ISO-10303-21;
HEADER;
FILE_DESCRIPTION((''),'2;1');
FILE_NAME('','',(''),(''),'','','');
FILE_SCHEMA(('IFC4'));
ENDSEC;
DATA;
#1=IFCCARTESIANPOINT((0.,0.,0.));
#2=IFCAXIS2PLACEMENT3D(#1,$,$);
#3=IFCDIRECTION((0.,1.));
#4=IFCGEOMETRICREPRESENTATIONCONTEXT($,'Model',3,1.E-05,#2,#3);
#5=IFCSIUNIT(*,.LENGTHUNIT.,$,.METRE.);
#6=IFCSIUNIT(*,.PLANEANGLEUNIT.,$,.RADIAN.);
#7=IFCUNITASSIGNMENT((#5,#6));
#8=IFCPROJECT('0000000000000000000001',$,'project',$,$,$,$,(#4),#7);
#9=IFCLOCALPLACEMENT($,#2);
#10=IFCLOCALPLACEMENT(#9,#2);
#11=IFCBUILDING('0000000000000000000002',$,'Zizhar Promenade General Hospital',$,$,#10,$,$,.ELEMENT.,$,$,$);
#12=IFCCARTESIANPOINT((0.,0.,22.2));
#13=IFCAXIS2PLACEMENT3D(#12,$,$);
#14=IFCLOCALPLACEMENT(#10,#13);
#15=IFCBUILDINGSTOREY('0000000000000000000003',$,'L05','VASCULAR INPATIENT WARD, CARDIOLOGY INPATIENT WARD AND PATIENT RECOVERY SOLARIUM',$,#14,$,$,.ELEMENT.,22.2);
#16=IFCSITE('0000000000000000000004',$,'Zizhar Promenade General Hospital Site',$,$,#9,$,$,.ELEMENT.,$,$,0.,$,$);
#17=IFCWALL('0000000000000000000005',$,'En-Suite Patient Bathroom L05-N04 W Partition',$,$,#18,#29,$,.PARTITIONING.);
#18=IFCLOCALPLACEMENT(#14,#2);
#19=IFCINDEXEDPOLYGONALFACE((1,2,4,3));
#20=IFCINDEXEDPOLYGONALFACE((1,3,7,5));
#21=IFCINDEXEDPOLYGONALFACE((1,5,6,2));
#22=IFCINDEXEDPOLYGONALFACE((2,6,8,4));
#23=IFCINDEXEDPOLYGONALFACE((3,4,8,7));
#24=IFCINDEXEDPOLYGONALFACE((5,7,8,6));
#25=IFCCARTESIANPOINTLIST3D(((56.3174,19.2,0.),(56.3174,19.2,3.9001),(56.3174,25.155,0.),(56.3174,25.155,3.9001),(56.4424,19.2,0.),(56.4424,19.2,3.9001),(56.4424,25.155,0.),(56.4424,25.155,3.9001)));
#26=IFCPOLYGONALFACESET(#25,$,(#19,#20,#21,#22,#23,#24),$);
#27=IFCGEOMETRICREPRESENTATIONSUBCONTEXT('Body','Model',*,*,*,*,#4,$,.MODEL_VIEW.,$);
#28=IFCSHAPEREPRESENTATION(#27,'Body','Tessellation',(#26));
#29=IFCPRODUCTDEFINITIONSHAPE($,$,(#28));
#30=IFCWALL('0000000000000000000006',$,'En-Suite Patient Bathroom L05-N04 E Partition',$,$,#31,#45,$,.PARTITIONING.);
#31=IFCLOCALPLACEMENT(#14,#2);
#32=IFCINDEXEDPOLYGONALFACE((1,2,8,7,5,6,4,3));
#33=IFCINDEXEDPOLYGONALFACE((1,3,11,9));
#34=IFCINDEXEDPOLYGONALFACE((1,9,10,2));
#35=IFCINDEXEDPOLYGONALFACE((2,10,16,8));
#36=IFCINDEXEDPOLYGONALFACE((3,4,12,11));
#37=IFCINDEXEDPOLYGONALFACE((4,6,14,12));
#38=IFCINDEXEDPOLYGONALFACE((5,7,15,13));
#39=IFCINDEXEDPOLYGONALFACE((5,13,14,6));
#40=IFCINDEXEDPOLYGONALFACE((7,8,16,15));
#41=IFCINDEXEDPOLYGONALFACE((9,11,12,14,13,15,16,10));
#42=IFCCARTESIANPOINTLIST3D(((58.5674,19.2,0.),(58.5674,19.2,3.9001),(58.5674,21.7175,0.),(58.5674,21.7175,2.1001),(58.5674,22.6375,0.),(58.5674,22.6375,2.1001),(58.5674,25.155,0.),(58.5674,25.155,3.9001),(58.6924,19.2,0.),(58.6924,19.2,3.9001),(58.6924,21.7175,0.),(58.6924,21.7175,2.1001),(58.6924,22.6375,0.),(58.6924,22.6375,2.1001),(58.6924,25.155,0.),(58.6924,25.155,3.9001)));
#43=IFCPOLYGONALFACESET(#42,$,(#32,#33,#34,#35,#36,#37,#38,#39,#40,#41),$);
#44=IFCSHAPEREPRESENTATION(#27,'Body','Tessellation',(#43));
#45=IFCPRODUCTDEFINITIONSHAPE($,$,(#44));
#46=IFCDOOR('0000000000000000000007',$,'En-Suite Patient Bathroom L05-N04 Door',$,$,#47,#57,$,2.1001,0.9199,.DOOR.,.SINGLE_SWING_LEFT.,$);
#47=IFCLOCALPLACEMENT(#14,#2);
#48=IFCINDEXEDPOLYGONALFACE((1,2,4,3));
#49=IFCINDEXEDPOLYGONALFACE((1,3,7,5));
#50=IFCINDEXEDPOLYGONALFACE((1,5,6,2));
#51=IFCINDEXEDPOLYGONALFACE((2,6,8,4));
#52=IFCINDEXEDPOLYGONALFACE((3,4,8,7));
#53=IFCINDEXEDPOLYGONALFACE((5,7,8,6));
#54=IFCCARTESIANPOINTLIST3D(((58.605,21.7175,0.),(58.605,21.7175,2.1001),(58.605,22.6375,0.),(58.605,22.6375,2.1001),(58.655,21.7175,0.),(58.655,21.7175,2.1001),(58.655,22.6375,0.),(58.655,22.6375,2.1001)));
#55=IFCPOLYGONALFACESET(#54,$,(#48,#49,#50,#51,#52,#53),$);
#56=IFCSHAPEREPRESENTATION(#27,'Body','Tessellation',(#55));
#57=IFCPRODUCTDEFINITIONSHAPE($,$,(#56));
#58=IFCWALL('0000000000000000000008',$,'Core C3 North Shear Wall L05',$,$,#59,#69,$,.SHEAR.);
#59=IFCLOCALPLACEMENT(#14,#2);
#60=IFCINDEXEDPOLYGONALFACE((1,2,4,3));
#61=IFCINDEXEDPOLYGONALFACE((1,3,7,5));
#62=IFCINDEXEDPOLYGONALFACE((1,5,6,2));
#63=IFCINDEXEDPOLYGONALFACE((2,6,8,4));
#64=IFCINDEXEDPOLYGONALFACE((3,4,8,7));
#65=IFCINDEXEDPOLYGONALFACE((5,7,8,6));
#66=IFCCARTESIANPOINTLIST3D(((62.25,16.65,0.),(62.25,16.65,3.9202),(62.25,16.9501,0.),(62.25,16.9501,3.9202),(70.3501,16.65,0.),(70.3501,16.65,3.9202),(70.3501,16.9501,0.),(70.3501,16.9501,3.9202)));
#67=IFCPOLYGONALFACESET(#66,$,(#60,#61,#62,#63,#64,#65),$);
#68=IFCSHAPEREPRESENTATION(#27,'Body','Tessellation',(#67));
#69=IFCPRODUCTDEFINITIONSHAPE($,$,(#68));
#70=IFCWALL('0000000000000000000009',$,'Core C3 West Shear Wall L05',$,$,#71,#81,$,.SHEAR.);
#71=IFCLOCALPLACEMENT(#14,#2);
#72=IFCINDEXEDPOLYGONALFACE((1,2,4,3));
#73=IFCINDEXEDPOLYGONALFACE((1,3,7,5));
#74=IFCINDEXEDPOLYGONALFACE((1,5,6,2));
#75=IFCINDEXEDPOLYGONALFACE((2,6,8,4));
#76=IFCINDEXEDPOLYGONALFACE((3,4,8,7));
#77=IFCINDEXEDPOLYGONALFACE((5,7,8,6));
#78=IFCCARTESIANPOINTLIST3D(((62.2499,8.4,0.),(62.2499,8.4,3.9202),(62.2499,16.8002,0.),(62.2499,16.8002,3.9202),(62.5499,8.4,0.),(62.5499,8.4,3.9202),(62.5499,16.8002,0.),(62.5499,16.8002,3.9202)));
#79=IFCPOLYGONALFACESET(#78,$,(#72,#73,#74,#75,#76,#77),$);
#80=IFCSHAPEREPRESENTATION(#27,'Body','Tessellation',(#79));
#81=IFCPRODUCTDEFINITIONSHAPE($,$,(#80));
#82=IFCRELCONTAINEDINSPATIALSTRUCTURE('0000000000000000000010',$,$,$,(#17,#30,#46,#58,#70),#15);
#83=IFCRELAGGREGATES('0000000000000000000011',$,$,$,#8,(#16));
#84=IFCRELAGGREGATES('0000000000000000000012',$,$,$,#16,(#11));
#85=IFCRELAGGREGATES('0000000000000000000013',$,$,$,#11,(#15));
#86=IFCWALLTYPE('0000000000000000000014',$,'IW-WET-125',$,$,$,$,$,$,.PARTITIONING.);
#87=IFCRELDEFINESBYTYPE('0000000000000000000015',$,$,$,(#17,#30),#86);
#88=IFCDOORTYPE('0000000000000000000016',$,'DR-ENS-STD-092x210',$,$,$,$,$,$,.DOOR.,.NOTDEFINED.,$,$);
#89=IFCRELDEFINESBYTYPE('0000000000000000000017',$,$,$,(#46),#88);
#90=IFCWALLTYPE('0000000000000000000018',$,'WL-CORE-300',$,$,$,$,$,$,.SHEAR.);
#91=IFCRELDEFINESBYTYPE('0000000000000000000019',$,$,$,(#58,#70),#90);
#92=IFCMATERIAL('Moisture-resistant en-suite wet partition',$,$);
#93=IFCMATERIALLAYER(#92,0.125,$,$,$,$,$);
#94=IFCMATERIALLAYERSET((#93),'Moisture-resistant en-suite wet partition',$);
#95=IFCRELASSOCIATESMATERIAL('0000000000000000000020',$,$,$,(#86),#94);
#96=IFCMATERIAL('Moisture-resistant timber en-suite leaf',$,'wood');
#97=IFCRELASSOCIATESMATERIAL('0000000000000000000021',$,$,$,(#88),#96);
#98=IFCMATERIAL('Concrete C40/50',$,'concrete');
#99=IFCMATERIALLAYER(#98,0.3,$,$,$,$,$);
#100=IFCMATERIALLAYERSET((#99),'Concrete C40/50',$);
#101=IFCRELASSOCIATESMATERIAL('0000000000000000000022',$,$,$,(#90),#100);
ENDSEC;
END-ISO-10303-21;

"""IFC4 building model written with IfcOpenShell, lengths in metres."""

from ifc_helpers import new_model, si_unit, direction, frame, frame_2d, origin, place, context, subcontext, project, spatial, rectangle, extrude, material, layer, layer_set, type_object, element, fill, save


model = new_model("IFC4")

# Units and contexts
model_context = context("Model", 3, precision=1e-05, world=origin(), true_north=direction((0.0, 1.0)))
body_context = subcontext(model_context, "Body", "Model", "MODEL_VIEW")
ifc_project = project(units=[si_unit("LENGTHUNIT", "METRE"), si_unit("PLANEANGLEUNIT", "RADIAN")], contexts=[model_context])

# Site, building, storey
site_placement = place(None, origin())
site = spatial("IfcSite", under=ifc_project, at=site_placement, Name="Zizhar Promenade General Hospital Site", CompositionType="ELEMENT", RefElevation=0.0)
building_placement = place(site_placement, origin())
building = spatial("IfcBuilding", under=site, at=building_placement, Name="Zizhar Promenade General Hospital", CompositionType="ELEMENT")
storey_placement = place(building_placement, frame((0.0, 0.0, 22.2)))
storey = spatial("IfcBuildingStorey", under=building, at=storey_placement, Name="L05", Description="VASCULAR INPATIENT WARD, CARDIOLOGY INPATIENT WARD AND PATIENT RECOVERY SOLARIUM", CompositionType="ELEMENT", Elevation=22.2)

# Wall
ifc_material_1 = material(Name="Moisture-resistant en-suite wet partition")
ifc_layer_1 = layer(ifc_material_1, 0.125)
ifc_layer_set_1 = layer_set([ifc_layer_1], Name="Moisture-resistant en-suite wet partition")
wall_type_1 = type_object("IfcWallType", Name="IW-WET-125", PredefinedType="PARTITIONING", material=ifc_layer_set_1)
wall_1_placement = place(storey_placement, frame((56.3799, 19.2, 0.0), z_axis=(0.0, 0.0, 1.0), x_axis=(0.0, 1.0, 0.0)))
element("IfcWall", 1, at=wall_1_placement, inside=storey, type_object=wall_type_1, Name="En-Suite Patient Bathroom L05-N04 W Partition", PredefinedType="PARTITIONING", context=body_context, shape_type="SweptSolid", body=[
    extrude(rectangle(XDim=5.9551, YDim=0.125, at=frame_2d((2.9775, 0.0))), origin(), (0.0, 0.0, 1.0), 3.9001),
])

# Wall, opening, door
wall_2_placement = place(storey_placement, frame((58.6299, 19.2, 0.0), z_axis=(0.0, 0.0, 1.0), x_axis=(0.0, 1.0, 0.0)))
wall_2 = element("IfcWall", 2, at=wall_2_placement, inside=storey, type_object=wall_type_1, Name="En-Suite Patient Bathroom L05-N04 E Partition", PredefinedType="PARTITIONING", context=body_context, shape_type="SweptSolid", body=[
    extrude(rectangle(XDim=5.9551, YDim=0.125, at=frame_2d((2.9775, 0.0))), origin(), (0.0, 0.0, 1.0), 3.9001),
])
opening_1_placement = place(wall_2_placement, frame((2.5176, 0.0, 0.0)))
opening_1 = element("IfcOpeningElement", 3, at=opening_1_placement, cuts=wall_2, PredefinedType="OPENING", context=body_context, shape_type="SweptSolid", body=[
    extrude(rectangle(XDim=0.9199, YDim=2.1001, at=frame_2d((0.46, 1.05))), frame((0.0, 0.0725, 0.0), z_axis=(0.0, -1.0, 0.0), x_axis=(1.0, 0.0, 0.0)), (0.0, 0.0, 1.0), 0.145),
])
ifc_material_2 = material(Name="Moisture-resistant timber en-suite leaf", Category="wood")
door_type_1 = type_object("IfcDoorType", Name="DR-ENS-STD-092x210", OperationType="NOTDEFINED", PredefinedType="DOOR", material=ifc_material_2)
door_1_placement = place(opening_1_placement, origin())
door_1 = element("IfcDoor", 4, at=door_1_placement, inside=storey, type_object=door_type_1, Name="En-Suite Patient Bathroom L05-N04 Door", OperationType="SINGLE_SWING_LEFT", OverallHeight=2.1001, OverallWidth=0.9199, PredefinedType="DOOR", context=body_context, shape_type="SweptSolid", body=[
    extrude(rectangle(XDim=0.9199, YDim=2.1001, at=frame_2d((0.46, 1.05))), frame((0.0, 0.0249, 0.0), z_axis=(0.0, -1.0, 0.0), x_axis=(1.0, 0.0, 0.0)), (0.0, 0.0, 1.0), 0.05),
])
fill(opening_1, door_1)

# Walls
ifc_material_3 = material(Name="Concrete C40/50", Category="concrete")
ifc_layer_2 = layer(ifc_material_3, 0.3)
ifc_layer_set_2 = layer_set([ifc_layer_2], Name="Concrete C40/50")
wall_type_2 = type_object("IfcWallType", Name="WL-CORE-300", PredefinedType="SHEAR", material=ifc_layer_set_2)
wall_3_placement = place(storey_placement, frame((62.25, 16.8, 0.0), z_axis=(0.0, 0.0, 1.0), x_axis=(1.0, 0.0, 0.0)))
element("IfcWall", 5, at=wall_3_placement, inside=storey, type_object=wall_type_2, Name="Core C3 North Shear Wall L05", PredefinedType="SHEAR", context=body_context, shape_type="SweptSolid", body=[
    extrude(rectangle(XDim=8.1001, YDim=0.3, at=frame_2d((4.05, 0.0))), origin(), (0.0, 0.0, 1.0), 3.9202),
])
wall_4_placement = place(storey_placement, frame((62.3999, 8.3999, 0.0), z_axis=(0.0, 0.0, 1.0), x_axis=(0.0, 1.0, 0.0)))
element("IfcWall", 6, at=wall_4_placement, inside=storey, type_object=wall_type_2, Name="Core C3 West Shear Wall L05", PredefinedType="SHEAR", context=body_context, shape_type="SweptSolid", body=[
    extrude(rectangle(XDim=8.4001, YDim=0.3, at=frame_2d((4.2002, 0.0))), origin(), (0.0, 0.0, 1.0), 3.9202),
])

save(model, "model.ifc")
